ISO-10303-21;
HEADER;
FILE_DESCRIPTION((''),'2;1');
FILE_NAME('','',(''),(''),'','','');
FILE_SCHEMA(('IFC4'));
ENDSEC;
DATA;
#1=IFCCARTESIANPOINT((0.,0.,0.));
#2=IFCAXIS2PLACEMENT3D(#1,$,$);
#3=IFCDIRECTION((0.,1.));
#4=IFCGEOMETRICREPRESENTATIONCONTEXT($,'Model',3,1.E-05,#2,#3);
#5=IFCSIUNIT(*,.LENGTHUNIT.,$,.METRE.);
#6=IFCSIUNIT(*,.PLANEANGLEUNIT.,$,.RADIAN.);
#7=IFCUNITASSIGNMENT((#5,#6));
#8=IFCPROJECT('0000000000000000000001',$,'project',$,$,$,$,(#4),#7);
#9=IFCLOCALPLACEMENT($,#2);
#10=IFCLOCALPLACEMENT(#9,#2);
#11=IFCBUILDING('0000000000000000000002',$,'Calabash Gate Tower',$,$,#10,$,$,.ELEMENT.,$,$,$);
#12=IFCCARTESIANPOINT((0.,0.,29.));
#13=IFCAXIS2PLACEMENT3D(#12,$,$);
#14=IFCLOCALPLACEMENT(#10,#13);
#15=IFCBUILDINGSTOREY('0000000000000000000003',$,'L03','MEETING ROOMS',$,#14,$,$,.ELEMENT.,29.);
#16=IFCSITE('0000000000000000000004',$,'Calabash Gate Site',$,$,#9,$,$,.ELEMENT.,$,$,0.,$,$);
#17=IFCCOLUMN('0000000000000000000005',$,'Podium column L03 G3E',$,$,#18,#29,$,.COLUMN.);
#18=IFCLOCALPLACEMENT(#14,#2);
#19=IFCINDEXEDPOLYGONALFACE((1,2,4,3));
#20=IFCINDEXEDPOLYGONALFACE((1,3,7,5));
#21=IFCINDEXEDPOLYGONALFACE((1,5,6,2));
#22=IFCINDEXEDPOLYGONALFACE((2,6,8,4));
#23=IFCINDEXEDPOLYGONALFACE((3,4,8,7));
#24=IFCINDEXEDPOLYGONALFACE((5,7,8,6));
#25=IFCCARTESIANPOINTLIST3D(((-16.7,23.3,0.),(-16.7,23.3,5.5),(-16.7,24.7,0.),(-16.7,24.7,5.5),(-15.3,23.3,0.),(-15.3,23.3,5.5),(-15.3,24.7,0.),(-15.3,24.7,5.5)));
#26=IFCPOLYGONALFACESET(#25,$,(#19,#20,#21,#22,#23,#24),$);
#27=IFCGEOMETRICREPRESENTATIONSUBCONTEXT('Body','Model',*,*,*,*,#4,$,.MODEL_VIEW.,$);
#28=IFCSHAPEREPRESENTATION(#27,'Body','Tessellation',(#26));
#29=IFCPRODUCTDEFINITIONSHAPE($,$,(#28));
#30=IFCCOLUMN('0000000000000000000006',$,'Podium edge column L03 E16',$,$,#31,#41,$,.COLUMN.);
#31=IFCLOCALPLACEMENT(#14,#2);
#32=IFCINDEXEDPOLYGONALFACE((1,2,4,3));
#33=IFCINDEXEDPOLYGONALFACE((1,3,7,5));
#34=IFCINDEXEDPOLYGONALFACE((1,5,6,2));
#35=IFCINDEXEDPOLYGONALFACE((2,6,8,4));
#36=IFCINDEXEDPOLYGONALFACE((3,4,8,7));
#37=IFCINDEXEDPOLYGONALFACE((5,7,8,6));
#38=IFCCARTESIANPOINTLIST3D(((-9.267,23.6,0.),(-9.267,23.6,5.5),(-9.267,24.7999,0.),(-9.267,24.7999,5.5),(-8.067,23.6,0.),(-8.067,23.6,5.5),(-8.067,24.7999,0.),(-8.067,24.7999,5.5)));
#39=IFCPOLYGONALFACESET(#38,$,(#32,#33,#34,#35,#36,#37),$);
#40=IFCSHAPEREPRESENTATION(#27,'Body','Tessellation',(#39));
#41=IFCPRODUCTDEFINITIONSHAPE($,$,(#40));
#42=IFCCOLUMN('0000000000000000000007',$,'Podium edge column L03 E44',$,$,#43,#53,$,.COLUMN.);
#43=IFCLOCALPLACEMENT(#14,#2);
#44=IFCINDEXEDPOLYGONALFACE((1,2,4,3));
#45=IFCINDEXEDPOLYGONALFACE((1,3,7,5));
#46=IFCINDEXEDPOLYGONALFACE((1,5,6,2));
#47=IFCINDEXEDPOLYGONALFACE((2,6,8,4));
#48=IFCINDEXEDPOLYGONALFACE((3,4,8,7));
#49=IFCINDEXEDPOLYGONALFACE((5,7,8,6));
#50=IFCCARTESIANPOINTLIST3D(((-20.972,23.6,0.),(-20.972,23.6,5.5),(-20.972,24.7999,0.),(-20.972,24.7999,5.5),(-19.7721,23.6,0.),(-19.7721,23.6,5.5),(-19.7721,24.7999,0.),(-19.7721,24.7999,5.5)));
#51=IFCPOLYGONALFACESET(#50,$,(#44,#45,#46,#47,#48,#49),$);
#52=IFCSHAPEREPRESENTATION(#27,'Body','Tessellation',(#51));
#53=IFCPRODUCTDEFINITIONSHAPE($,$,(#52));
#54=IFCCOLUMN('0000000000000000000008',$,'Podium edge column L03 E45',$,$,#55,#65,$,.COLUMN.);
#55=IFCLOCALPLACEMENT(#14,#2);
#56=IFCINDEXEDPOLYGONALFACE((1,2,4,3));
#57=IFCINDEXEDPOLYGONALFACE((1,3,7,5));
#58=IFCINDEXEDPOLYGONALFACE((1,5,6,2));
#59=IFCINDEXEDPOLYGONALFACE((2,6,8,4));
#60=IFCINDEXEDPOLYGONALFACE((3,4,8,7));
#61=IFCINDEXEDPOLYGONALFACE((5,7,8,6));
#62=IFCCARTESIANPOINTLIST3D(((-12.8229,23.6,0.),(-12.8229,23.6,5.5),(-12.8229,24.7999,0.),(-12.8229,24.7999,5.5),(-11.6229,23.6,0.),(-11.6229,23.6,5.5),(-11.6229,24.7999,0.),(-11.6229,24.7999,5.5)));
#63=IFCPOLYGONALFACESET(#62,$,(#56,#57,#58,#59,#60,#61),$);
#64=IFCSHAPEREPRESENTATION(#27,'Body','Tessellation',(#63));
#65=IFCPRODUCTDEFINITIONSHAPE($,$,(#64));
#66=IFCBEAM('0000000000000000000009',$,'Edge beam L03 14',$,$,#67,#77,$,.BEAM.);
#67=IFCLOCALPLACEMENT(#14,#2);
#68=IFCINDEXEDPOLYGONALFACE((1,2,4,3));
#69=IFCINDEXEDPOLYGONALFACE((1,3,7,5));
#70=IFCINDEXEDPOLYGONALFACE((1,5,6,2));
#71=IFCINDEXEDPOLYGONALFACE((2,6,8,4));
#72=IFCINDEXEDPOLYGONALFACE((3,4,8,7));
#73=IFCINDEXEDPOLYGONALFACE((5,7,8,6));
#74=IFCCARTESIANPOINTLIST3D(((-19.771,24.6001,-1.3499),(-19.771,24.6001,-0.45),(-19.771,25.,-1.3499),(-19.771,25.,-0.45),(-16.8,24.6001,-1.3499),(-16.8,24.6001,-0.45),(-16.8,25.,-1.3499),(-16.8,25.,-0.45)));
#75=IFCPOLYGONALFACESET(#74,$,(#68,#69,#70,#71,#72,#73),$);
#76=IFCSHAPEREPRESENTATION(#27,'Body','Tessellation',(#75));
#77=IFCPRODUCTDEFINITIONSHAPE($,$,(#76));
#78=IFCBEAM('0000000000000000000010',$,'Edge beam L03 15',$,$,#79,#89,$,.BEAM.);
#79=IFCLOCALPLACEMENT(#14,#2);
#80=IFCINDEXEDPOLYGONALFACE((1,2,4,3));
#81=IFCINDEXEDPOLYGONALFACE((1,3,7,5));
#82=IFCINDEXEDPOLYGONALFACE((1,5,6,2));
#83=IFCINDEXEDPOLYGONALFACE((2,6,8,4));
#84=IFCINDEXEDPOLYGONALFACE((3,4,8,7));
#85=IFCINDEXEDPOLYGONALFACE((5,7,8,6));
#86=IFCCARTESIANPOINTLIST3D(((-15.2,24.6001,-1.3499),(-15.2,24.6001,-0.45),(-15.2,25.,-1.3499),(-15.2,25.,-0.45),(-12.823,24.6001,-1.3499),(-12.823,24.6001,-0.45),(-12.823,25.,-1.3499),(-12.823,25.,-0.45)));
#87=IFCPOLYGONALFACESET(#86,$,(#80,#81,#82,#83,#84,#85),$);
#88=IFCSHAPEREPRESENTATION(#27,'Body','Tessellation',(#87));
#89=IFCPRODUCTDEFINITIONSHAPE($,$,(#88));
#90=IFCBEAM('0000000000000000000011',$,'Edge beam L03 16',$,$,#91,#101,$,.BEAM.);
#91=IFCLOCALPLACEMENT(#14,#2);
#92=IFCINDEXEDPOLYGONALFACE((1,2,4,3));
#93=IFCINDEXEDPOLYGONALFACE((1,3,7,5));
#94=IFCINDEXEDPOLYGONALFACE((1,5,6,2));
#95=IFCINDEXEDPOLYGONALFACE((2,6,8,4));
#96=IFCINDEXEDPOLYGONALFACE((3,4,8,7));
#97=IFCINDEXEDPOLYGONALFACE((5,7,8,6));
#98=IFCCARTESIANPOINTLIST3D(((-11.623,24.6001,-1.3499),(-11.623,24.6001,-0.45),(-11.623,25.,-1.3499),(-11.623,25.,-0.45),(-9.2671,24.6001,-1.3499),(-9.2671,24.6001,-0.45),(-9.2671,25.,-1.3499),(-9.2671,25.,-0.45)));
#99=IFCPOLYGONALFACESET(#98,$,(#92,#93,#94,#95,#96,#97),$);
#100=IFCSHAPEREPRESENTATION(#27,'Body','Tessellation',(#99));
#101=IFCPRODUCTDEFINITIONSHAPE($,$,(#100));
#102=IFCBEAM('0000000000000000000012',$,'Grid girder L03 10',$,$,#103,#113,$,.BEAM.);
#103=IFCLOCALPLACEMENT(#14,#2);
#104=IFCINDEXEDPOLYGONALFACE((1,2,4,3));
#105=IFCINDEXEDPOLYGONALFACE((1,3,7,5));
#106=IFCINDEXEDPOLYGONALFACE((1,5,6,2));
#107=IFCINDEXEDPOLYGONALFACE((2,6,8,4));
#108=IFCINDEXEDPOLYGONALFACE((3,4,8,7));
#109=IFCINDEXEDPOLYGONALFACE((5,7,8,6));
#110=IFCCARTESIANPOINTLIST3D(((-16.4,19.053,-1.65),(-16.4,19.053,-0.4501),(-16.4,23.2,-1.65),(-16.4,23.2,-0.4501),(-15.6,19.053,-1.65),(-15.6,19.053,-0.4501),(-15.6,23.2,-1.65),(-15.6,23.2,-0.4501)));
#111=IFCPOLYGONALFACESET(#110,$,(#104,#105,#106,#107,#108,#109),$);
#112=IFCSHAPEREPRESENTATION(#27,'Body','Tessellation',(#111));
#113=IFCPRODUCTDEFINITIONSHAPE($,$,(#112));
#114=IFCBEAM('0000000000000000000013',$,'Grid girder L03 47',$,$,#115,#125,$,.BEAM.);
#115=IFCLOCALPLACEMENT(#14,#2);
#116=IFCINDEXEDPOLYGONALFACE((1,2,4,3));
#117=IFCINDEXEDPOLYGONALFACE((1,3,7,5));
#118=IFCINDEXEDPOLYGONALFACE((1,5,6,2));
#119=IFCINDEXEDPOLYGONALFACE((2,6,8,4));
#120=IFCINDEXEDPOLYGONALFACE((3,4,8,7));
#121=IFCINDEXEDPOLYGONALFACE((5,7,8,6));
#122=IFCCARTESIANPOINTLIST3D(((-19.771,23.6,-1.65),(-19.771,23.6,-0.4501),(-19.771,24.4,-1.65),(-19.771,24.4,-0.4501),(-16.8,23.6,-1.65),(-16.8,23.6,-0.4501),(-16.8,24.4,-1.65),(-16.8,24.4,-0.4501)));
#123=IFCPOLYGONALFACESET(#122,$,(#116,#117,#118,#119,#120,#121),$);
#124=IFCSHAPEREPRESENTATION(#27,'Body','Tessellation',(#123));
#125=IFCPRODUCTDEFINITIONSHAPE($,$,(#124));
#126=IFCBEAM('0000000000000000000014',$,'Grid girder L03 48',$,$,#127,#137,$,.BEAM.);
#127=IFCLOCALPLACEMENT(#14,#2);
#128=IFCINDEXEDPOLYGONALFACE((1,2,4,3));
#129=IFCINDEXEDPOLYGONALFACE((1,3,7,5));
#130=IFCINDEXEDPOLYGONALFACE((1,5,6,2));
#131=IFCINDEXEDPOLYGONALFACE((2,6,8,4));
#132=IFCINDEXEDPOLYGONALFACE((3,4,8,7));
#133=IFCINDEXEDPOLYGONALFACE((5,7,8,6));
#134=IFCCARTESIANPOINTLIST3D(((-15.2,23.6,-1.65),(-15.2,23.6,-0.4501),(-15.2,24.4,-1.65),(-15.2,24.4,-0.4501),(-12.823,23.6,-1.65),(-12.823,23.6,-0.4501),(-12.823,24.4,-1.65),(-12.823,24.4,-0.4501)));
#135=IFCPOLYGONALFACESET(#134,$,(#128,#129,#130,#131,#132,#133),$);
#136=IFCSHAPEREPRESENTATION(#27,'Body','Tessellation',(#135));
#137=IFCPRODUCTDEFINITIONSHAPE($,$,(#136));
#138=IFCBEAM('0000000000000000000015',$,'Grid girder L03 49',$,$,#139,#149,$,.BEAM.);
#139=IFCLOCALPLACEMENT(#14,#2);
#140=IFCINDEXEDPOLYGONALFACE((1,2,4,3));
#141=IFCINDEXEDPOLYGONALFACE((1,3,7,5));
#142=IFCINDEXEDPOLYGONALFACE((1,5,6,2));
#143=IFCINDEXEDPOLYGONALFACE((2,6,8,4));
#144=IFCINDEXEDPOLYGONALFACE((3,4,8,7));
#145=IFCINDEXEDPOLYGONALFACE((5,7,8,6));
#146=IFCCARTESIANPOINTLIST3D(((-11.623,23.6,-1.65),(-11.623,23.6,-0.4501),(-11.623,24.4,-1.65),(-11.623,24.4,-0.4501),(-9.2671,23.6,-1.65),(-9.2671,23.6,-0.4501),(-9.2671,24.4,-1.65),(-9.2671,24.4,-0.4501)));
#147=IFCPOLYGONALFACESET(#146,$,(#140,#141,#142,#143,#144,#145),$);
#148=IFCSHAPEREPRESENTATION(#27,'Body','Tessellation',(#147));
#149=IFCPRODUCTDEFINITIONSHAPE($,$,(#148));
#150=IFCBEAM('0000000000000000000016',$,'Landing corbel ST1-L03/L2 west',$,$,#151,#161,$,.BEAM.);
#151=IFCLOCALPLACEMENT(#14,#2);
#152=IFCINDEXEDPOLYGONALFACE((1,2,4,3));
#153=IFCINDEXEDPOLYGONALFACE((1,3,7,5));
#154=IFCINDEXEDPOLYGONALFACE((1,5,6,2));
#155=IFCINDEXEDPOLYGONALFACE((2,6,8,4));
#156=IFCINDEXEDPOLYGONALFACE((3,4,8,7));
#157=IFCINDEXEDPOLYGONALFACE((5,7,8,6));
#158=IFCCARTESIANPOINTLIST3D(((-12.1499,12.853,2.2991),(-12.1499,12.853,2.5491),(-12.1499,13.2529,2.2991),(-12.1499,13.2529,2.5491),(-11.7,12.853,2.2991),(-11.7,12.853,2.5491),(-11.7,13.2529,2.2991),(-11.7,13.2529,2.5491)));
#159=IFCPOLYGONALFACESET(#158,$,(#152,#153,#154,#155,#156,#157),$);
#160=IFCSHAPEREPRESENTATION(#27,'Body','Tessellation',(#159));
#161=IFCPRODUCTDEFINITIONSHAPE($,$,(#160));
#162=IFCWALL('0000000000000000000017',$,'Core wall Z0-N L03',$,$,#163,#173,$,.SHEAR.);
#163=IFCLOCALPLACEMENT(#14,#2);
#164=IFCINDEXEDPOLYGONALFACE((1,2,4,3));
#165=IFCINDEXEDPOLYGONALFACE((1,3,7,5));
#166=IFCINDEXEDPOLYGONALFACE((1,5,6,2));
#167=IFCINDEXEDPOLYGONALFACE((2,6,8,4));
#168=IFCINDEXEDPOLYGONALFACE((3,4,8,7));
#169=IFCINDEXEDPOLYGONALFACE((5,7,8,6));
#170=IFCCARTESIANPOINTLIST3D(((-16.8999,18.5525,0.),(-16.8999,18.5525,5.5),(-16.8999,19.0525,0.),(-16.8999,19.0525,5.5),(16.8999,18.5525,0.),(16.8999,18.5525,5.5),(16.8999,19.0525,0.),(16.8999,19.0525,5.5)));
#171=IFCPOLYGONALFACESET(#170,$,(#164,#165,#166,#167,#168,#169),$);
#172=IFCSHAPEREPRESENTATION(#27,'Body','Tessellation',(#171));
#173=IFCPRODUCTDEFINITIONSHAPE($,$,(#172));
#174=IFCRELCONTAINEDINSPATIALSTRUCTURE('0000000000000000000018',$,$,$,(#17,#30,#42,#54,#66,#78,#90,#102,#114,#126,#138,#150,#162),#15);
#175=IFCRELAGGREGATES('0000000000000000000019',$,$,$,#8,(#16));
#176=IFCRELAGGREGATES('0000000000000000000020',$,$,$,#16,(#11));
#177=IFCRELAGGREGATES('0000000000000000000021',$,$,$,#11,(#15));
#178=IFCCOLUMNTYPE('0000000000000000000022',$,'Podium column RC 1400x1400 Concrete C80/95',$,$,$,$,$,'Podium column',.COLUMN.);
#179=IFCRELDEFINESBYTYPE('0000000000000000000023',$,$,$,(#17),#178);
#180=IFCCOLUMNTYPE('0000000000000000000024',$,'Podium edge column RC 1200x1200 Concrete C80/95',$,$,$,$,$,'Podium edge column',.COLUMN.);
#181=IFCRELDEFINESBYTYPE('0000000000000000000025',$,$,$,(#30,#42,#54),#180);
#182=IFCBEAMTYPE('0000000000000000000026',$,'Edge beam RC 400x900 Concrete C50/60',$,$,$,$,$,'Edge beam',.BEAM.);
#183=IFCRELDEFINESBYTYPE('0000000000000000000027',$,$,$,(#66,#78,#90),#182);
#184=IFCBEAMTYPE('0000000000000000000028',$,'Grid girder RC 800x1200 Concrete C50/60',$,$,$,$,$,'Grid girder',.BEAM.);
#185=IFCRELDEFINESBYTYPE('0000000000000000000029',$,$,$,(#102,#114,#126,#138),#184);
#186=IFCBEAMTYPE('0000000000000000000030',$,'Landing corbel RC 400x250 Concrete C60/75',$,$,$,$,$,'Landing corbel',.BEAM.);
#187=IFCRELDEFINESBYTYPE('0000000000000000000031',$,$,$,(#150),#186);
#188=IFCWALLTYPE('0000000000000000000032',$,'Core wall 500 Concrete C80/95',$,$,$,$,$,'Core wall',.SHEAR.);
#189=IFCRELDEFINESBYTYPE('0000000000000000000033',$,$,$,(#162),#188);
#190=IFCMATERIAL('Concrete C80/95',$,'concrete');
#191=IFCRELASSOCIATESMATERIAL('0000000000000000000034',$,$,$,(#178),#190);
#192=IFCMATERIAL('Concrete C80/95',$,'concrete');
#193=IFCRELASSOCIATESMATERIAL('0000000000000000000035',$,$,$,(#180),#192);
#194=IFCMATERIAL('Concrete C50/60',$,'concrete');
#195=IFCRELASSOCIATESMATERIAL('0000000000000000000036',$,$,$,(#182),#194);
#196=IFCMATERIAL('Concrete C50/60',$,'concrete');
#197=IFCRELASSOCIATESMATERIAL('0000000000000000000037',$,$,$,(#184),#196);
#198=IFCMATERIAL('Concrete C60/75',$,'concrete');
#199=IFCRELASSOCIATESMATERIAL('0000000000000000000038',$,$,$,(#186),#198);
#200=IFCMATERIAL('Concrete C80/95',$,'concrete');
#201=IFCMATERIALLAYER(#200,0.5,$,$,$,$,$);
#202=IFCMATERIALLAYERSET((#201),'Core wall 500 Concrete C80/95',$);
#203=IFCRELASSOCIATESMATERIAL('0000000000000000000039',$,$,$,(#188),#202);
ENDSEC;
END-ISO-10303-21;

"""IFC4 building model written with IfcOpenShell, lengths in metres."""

from ifc_helpers import new_model, si_unit, direction, frame, frame_2d, origin, origin_2d, place, context, subcontext, project, spatial, rectangle, extrude, material, layer, layer_set, material_profile, profile_set, type_object, element, save


model = new_model("IFC4")

# Units and contexts
model_context = context("Model", 3, precision=1e-05, world=origin(), true_north=direction((0.0, 1.0)))
body_context = subcontext(model_context, "Body", "Model", "MODEL_VIEW")
ifc_project = project(units=[si_unit("LENGTHUNIT", "METRE"), si_unit("PLANEANGLEUNIT", "RADIAN")], contexts=[model_context])

# Site, building, storey
site_placement = place(None, origin())
site = spatial("IfcSite", under=ifc_project, at=site_placement, Name="Calabash Gate Site", CompositionType="ELEMENT", RefElevation=0.0)
building_placement = place(site_placement, origin())
building = spatial("IfcBuilding", under=site, at=building_placement, Name="Calabash Gate Tower", CompositionType="ELEMENT")
storey_placement = place(building_placement, frame((0.0, 0.0, 29.0)))
storey = spatial("IfcBuildingStorey", under=building, at=storey_placement, Name="L03", Description="MEETING ROOMS", CompositionType="ELEMENT", Elevation=29.0)

# Columns
ifc_material_1 = material(Name="Concrete C80/95", Category="concrete")
ifc_material_profile_1 = material_profile(ifc_material_1, rectangle(XDim=1.3999, YDim=1.3999, at=origin_2d()))
ifc_profile_set_1 = profile_set([ifc_material_profile_1], Name="Concrete C80/95")
column_type_1 = type_object("IfcColumnType", Name="Podium column RC 1400x1400 Concrete C80/95", ElementType="Podium column", PredefinedType="COLUMN", material=ifc_profile_set_1)
column_placement = place(storey_placement, frame((-16.0, 24.0, 0.0), z_axis=(0.0, 0.0, 1.0), x_axis=(1.0, 0.0, 0.0)))
element("IfcColumn", 1, at=column_placement, inside=storey, type_object=column_type_1, Name="Podium column L03 G3E", PredefinedType="COLUMN", context=body_context, shape_type="SweptSolid", body=[
    extrude(rectangle(XDim=1.3999, YDim=1.3999, at=origin_2d()), origin(), (0.0, 0.0, 1.0), 5.5),
])
ifc_material_2 = material(Name="Concrete C80/95", Category="concrete")
ifc_material_profile_2 = material_profile(ifc_material_2, rectangle(XDim=1.2, YDim=1.2, at=origin_2d()))
ifc_profile_set_2 = profile_set([ifc_material_profile_2], Name="Concrete C80/95")
column_type_2 = type_object("IfcColumnType", Name="Podium edge column RC 1200x1200 Concrete C80/95", ElementType="Podium edge column", PredefinedType="COLUMN", material=ifc_profile_set_2)
for number, where, z_axis, x_axis, name in (
    (2, (-8.667, 24.2, 0.0), (0.0, 0.0, 1.0), (1.0, 0.0, 0.0), "Podium edge column L03 E16"),
    (3, (-20.3721, 24.2, 0.0), (0.0, 0.0, 1.0), (1.0, 0.0, 0.0), "Podium edge column L03 E44"),
    (4, (-12.2229, 24.2, 0.0), (0.0, 0.0, 1.0), (1.0, 0.0, 0.0), "Podium edge column L03 E45"),
):
    element("IfcColumn", number, at=place(storey_placement, frame(where, z_axis=z_axis, x_axis=x_axis)), inside=storey, type_object=column_type_2, Name=name, PredefinedType="COLUMN", context=body_context, shape_type="SweptSolid", body=[
        extrude(rectangle(XDim=1.2, YDim=1.2, at=origin_2d()), origin(), (0.0, 0.0, 1.0), 5.5),
    ])

# Beams
ifc_material_3 = material(Name="Concrete C50/60", Category="concrete")
ifc_material_profile_3 = material_profile(ifc_material_3, rectangle(XDim=0.3999, YDim=0.8999, at=origin_2d()))
ifc_profile_set_3 = profile_set([ifc_material_profile_3], Name="Concrete C50/60")
beam_type_1 = type_object("IfcBeamType", Name="Edge beam RC 400x900 Concrete C50/60", ElementType="Edge beam", PredefinedType="BEAM", material=ifc_profile_set_3)
beam_1_placement = place(storey_placement, frame((-19.771, 24.8, -0.8999), z_axis=(1.0, 0.0, 0.0), x_axis=(0.0, 1.0, 0.0)))
element("IfcBeam", 5, at=beam_1_placement, inside=storey, type_object=beam_type_1, Name="Edge beam L03 14", PredefinedType="BEAM", context=body_context, shape_type="SweptSolid", body=[
    extrude(rectangle(XDim=0.3999, YDim=0.8999, at=origin_2d()), origin(), (0.0, 0.0, 1.0), 2.9709),
])
beam_2_placement = place(storey_placement, frame((-15.2, 24.8, -0.8999), z_axis=(1.0, 0.0, 0.0), x_axis=(0.0, 1.0, 0.0)))
element("IfcBeam", 6, at=beam_2_placement, inside=storey, type_object=beam_type_1, Name="Edge beam L03 15", PredefinedType="BEAM", context=body_context, shape_type="SweptSolid", body=[
    extrude(rectangle(XDim=0.3999, YDim=0.8999, at=origin_2d()), origin(), (0.0, 0.0, 1.0), 2.377),
])
beam_3_placement = place(storey_placement, frame((-11.623, 24.8, -0.8999), z_axis=(1.0, 0.0, 0.0), x_axis=(0.0, 1.0, 0.0)))
element("IfcBeam", 7, at=beam_3_placement, inside=storey, type_object=beam_type_1, Name="Edge beam L03 16", PredefinedType="BEAM", context=body_context, shape_type="SweptSolid", body=[
    extrude(rectangle(XDim=0.3999, YDim=0.8999, at=origin_2d()), origin(), (0.0, 0.0, 1.0), 2.356),
])
ifc_material_4 = material(Name="Concrete C50/60", Category="concrete")
ifc_material_profile_4 = material_profile(ifc_material_4, rectangle(XDim=0.8, YDim=1.2, at=origin_2d()))
ifc_profile_set_4 = profile_set([ifc_material_profile_4], Name="Concrete C50/60")
beam_type_2 = type_object("IfcBeamType", Name="Grid girder RC 800x1200 Concrete C50/60", ElementType="Grid girder", PredefinedType="BEAM", material=ifc_profile_set_4)
beam_4_placement = place(storey_placement, frame((-16.0, 19.053, -1.05), z_axis=(0.0, 1.0, 0.0), x_axis=(-1.0, 0.0, 0.0)))
element("IfcBeam", 8, at=beam_4_placement, inside=storey, type_object=beam_type_2, Name="Grid girder L03 10", PredefinedType="BEAM", context=body_context, shape_type="SweptSolid", body=[
    extrude(rectangle(XDim=0.8, YDim=1.2, at=origin_2d()), origin(), (0.0, 0.0, 1.0), 4.147),
])
beam_5_placement = place(storey_placement, frame((-19.771, 24.0, -1.05), z_axis=(1.0, 0.0, 0.0), x_axis=(0.0, 1.0, 0.0)))
element("IfcBeam", 9, at=beam_5_placement, inside=storey, type_object=beam_type_2, Name="Grid girder L03 47", PredefinedType="BEAM", context=body_context, shape_type="SweptSolid", body=[
    extrude(rectangle(XDim=0.8, YDim=1.2, at=origin_2d()), origin(), (0.0, 0.0, 1.0), 2.9709),
])
beam_6_placement = place(storey_placement, frame((-15.2, 24.0, -1.05), z_axis=(1.0, 0.0, 0.0), x_axis=(0.0, 1.0, 0.0)))
element("IfcBeam", 10, at=beam_6_placement, inside=storey, type_object=beam_type_2, Name="Grid girder L03 48", PredefinedType="BEAM", context=body_context, shape_type="SweptSolid", body=[
    extrude(rectangle(XDim=0.8, YDim=1.2, at=origin_2d()), origin(), (0.0, 0.0, 1.0), 2.377),
])
beam_7_placement = place(storey_placement, frame((-11.623, 24.0, -1.05), z_axis=(1.0, 0.0, 0.0), x_axis=(0.0, 1.0, 0.0)))
element("IfcBeam", 11, at=beam_7_placement, inside=storey, type_object=beam_type_2, Name="Grid girder L03 49", PredefinedType="BEAM", context=body_context, shape_type="SweptSolid", body=[
    extrude(rectangle(XDim=0.8, YDim=1.2, at=origin_2d()), origin(), (0.0, 0.0, 1.0), 2.356),
])
ifc_material_5 = material(Name="Concrete C60/75", Category="concrete")
ifc_material_profile_5 = material_profile(ifc_material_5, rectangle(XDim=0.3999, YDim=0.25, at=origin_2d()))
ifc_profile_set_5 = profile_set([ifc_material_profile_5], Name="Concrete C60/75")
beam_type_3 = type_object("IfcBeamType", Name="Landing corbel RC 400x250 Concrete C60/75", ElementType="Landing corbel", PredefinedType="BEAM", material=ifc_profile_set_5)
beam_8_placement = place(storey_placement, frame((-12.1499, 13.053, 2.4241), z_axis=(1.0, 0.0, 0.0), x_axis=(0.0, 1.0, 0.0)))
element("IfcBeam", 12, at=beam_8_placement, inside=storey, type_object=beam_type_3, Name="Landing corbel ST1-L03/L2 west", PredefinedType="BEAM", context=body_context, shape_type="SweptSolid", body=[
    extrude(rectangle(XDim=0.3999, YDim=0.25, at=origin_2d()), origin(), (0.0, 0.0, 1.0), 0.45),
])

# Wall
ifc_material_6 = material(Name="Concrete C80/95", Category="concrete")
ifc_layer_1 = layer(ifc_material_6, 0.5)
ifc_layer_set_1 = layer_set([ifc_layer_1], Name="Core wall 500 Concrete C80/95")
wall_type_1 = type_object("IfcWallType", Name="Core wall 500 Concrete C80/95", ElementType="Core wall", PredefinedType="SHEAR", material=ifc_layer_set_1)
wall_1_placement = place(storey_placement, frame((-16.8999, 18.8025, 0.0), z_axis=(0.0, 0.0, 1.0), x_axis=(1.0, 0.0, 0.0)))
element("IfcWall", 13, at=wall_1_placement, inside=storey, type_object=wall_type_1, Name="Core wall Z0-N L03", PredefinedType="SHEAR", context=body_context, shape_type="SweptSolid", body=[
    extrude(rectangle(XDim=33.7998, YDim=0.5, at=frame_2d((16.8999, 0.0))), origin(), (0.0, 0.0, 1.0), 5.5),
])

save(model, "model.ifc")
